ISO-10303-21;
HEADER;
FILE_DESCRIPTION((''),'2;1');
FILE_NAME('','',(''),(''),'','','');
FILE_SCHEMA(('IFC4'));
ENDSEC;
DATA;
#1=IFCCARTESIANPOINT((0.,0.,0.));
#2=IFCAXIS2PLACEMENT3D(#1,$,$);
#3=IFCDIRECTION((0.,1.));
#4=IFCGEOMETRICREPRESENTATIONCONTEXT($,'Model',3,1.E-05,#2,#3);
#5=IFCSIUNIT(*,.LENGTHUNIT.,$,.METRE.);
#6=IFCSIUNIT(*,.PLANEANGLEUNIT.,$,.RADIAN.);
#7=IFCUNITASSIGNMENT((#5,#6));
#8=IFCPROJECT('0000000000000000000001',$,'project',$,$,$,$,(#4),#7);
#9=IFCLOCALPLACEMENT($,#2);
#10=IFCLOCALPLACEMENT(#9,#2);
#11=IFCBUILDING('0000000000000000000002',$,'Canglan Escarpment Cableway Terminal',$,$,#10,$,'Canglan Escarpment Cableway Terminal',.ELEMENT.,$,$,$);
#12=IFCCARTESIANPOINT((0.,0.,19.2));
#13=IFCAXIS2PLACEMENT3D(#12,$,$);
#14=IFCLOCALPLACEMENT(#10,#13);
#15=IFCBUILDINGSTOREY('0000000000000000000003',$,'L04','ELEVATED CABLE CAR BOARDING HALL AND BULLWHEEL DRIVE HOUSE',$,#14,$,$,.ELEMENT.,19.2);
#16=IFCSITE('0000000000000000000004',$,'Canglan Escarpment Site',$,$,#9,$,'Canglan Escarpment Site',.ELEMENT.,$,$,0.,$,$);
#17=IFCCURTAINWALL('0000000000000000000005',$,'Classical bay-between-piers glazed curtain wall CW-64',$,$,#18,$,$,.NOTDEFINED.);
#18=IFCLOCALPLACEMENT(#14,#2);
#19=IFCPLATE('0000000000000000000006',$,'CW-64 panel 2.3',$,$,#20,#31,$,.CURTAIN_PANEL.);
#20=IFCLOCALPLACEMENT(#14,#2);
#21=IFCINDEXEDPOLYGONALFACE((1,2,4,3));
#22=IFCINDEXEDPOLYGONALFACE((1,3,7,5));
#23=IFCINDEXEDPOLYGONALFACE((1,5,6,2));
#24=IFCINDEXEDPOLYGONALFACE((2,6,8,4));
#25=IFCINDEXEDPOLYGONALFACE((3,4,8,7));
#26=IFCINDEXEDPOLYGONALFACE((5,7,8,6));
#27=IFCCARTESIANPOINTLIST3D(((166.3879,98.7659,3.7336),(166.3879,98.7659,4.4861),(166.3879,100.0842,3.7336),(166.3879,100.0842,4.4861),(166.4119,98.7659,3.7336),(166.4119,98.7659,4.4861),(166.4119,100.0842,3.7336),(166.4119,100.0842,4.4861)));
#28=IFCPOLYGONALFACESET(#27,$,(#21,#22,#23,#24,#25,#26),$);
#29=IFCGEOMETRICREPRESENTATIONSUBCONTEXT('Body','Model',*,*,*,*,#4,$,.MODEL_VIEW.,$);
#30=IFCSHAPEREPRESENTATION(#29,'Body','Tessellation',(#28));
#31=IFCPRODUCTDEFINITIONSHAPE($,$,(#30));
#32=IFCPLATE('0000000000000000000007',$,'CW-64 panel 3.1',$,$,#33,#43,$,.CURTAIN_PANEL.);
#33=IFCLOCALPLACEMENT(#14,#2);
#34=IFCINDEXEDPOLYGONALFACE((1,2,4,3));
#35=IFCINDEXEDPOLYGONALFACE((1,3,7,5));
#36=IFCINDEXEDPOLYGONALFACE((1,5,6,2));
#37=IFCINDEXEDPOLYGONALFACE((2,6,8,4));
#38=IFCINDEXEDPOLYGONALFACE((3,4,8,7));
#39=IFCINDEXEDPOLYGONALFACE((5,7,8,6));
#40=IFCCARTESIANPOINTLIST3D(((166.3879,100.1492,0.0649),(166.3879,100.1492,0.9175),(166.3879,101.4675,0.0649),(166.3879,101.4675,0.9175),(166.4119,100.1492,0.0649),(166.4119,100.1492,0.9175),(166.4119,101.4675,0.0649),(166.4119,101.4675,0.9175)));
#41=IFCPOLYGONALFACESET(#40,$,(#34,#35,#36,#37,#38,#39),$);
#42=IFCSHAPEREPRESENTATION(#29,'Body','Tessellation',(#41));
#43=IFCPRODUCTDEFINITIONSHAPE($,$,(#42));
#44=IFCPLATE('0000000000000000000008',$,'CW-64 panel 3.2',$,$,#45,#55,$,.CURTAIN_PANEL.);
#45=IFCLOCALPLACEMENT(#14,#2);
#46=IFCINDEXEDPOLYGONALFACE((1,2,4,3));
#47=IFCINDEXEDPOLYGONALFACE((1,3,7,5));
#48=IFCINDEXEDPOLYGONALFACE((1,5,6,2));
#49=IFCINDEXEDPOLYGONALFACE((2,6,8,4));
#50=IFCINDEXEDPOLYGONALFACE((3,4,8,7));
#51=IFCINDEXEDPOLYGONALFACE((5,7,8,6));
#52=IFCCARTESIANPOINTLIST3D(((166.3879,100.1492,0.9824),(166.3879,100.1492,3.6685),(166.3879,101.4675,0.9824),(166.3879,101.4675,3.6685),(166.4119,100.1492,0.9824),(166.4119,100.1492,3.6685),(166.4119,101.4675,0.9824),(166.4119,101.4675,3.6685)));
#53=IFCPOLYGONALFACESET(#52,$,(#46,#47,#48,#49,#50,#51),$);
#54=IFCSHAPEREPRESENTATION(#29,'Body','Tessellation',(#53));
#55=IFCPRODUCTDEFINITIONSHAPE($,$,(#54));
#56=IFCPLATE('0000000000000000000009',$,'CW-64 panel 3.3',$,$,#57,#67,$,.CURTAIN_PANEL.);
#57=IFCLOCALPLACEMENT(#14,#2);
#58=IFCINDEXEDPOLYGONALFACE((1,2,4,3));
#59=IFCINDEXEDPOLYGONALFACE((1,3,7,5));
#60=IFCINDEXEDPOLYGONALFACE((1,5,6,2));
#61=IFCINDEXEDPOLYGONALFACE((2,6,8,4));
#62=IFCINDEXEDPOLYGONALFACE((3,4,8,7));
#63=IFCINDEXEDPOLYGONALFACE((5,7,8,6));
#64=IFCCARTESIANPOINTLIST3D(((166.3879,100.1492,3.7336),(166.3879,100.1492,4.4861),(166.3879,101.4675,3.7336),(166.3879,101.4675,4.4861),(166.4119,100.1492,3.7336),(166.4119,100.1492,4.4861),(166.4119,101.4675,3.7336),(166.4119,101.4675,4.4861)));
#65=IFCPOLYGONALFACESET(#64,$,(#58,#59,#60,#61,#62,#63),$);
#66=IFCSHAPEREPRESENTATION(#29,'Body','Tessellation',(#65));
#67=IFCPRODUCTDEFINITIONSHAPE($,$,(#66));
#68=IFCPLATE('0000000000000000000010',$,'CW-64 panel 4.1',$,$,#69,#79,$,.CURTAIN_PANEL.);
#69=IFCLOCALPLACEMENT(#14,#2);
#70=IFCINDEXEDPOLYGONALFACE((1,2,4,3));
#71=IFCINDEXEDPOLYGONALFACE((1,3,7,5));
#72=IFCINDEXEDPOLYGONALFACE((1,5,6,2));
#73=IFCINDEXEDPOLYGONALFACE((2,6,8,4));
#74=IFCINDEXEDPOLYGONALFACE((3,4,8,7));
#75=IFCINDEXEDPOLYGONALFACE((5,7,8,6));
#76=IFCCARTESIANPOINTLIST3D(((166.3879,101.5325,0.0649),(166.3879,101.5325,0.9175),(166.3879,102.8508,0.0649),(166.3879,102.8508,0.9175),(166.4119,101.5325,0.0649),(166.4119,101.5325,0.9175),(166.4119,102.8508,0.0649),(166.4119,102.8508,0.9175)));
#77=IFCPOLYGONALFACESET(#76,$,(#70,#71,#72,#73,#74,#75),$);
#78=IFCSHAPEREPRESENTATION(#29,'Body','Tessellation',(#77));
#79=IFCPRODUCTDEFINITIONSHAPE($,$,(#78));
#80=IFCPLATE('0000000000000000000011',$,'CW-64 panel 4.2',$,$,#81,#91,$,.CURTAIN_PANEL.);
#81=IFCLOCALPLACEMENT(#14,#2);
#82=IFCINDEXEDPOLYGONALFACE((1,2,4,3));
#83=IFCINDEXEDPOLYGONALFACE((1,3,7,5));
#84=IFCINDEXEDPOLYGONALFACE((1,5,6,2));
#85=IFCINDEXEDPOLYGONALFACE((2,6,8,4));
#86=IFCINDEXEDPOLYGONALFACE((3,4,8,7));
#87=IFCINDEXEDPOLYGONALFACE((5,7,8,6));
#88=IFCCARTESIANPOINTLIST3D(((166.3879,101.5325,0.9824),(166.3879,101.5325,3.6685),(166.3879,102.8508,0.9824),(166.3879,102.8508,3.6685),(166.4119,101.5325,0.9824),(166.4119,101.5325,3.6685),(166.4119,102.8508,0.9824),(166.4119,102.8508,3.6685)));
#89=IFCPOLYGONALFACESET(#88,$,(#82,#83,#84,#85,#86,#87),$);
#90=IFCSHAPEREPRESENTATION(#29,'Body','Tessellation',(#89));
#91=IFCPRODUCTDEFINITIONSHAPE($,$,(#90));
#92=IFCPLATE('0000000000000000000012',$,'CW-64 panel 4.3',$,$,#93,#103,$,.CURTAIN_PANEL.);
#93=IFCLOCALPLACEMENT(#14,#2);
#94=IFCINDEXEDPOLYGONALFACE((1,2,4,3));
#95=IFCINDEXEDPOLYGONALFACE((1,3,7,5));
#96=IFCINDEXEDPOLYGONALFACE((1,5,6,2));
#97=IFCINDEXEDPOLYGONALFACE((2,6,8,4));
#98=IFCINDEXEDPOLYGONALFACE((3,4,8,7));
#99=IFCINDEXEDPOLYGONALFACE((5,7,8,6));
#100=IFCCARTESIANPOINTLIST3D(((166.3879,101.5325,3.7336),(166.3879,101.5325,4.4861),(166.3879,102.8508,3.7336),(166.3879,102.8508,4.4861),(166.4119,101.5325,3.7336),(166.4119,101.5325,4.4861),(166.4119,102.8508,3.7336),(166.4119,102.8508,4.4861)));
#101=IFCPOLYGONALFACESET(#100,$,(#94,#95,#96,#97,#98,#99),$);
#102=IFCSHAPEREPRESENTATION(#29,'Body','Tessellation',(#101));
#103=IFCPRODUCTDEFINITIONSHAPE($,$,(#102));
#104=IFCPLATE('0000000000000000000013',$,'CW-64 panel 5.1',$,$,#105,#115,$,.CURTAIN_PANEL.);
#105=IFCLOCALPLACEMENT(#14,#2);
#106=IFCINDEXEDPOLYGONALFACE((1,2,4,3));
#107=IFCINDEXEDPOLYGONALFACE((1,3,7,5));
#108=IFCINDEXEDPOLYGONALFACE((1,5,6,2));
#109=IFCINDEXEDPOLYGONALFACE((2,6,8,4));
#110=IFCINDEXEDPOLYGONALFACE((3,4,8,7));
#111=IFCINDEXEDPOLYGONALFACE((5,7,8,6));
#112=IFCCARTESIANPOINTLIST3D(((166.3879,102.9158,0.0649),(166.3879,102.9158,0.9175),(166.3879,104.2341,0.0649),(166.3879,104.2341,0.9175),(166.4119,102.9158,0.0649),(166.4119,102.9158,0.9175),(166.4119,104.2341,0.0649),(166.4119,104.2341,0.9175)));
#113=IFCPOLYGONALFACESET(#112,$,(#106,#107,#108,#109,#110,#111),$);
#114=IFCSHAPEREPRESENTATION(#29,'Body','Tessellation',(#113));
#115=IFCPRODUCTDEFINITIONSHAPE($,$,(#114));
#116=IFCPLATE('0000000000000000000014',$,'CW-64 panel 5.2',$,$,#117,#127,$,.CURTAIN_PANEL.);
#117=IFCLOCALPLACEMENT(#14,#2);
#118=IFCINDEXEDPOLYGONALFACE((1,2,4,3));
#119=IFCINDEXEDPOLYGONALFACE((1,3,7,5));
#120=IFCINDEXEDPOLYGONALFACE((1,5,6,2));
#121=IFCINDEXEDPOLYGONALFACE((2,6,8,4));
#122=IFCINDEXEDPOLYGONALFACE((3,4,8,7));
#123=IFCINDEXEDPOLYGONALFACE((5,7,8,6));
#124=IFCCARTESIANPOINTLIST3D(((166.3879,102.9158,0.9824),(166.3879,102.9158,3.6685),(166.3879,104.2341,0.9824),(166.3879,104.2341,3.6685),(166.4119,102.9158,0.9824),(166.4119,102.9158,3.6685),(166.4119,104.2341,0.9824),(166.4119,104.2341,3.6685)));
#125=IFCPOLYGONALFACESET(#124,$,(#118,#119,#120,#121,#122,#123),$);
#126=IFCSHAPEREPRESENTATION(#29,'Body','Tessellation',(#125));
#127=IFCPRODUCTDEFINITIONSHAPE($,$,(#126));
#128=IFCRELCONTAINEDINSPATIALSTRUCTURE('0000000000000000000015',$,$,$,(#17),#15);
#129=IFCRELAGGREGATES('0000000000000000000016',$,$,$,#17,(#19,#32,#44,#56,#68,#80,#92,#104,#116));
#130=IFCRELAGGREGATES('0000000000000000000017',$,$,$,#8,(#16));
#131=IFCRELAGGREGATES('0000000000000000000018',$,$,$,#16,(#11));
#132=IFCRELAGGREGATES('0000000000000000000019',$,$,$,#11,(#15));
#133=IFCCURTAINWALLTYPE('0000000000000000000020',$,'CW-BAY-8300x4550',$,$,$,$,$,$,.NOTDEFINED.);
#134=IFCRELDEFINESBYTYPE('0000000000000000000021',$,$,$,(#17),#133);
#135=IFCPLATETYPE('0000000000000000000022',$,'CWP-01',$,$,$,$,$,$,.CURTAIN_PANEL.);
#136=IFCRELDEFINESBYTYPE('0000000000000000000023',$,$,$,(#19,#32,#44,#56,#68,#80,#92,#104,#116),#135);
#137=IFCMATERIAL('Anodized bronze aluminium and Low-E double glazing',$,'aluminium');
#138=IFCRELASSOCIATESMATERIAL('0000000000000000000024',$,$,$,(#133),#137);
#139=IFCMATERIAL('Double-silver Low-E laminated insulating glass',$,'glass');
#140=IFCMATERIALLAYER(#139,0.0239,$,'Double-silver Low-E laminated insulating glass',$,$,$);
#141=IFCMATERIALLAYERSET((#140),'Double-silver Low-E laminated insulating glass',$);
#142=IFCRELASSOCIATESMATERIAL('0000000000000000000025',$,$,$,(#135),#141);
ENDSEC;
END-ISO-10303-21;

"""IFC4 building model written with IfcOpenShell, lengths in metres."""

from ifc_helpers import new_model, si_unit, direction, frame, origin, origin_2d, place, context, subcontext, project, spatial, rectangle, extrude, material, layer, layer_set, type_object, element, aggregate, save


model = new_model("IFC4")

# Units and contexts
model_context = context("Model", 3, precision=1e-05, world=origin(), true_north=direction((0.0, 1.0)))
body_context = subcontext(model_context, "Body", "Model", "MODEL_VIEW")
ifc_project = project(units=[si_unit("LENGTHUNIT", "METRE"), si_unit("PLANEANGLEUNIT", "RADIAN")], contexts=[model_context])

# Site, building, storey
site_placement = place(None, origin())
site = spatial("IfcSite", under=ifc_project, at=site_placement, Name="Canglan Escarpment Site", LongName="Canglan Escarpment Site", CompositionType="ELEMENT", RefElevation=0.0)
building_placement = place(site_placement, origin())
building = spatial("IfcBuilding", under=site, at=building_placement, Name="Canglan Escarpment Cableway Terminal", LongName="Canglan Escarpment Cableway Terminal", CompositionType="ELEMENT")
storey_placement = place(building_placement, frame((0.0, 0.0, 19.2)))
storey = spatial("IfcBuildingStorey", under=building, at=storey_placement, Name="L04", Description="ELEVATED CABLE CAR BOARDING HALL AND BULLWHEEL DRIVE HOUSE", CompositionType="ELEMENT", Elevation=19.2)

# Curtain wall, plates
ifc_material_1 = material(Name="Anodized bronze aluminium and Low-E double glazing", Category="aluminium")
curtain_wall_type = type_object("IfcCurtainWallType", Name="CW-BAY-8300x4550", PredefinedType="NOTDEFINED", material=ifc_material_1)
curtain_wall_placement = place(storey_placement, origin())
curtain_wall = element("IfcCurtainWall", 1, at=curtain_wall_placement, inside=storey, type_object=curtain_wall_type, Name="Classical bay-between-piers glazed curtain wall CW-64", PredefinedType="NOTDEFINED")
ifc_material_2 = material(Name="Double-silver Low-E laminated insulating glass", Category="glass")
ifc_layer = layer(ifc_material_2, 0.0239, Name="Double-silver Low-E laminated insulating glass")
ifc_layer_set = layer_set([ifc_layer], Name="Double-silver Low-E laminated insulating glass")
plate_type = type_object("IfcPlateType", Name="CWP-01", PredefinedType="CURTAIN_PANEL", material=ifc_layer_set)
plate_1_placement = place(storey_placement, frame((166.3999, 99.425, 3.7336), z_axis=(0.0, 0.0, 1.0), x_axis=(0.0, 1.0, 0.0)))
plate_1 = element("IfcPlate", 2, at=plate_1_placement, type_object=plate_type, Name="CW-64 panel 2.3", PredefinedType="CURTAIN_PANEL", context=body_context, shape_type="SweptSolid", body=[
    extrude(rectangle(XDim=1.3184, YDim=0.0239, at=origin_2d()), origin(), (0.0, 0.0, 1.0), 0.7524),
])
plate_2_placement = place(storey_placement, frame((166.3999, 100.8083, 0.0649), z_axis=(0.0, 0.0, 1.0), x_axis=(0.0, 1.0, 0.0)))
plate_2 = element("IfcPlate", 3, at=plate_2_placement, type_object=plate_type, Name="CW-64 panel 3.1", PredefinedType="CURTAIN_PANEL", context=body_context, shape_type="SweptSolid", body=[
    extrude(rectangle(XDim=1.3184, YDim=0.0239, at=origin_2d()), origin(), (0.0, 0.0, 1.0), 0.8525),
])
plate_3_placement = place(storey_placement, frame((166.3999, 100.8083, 0.9824), z_axis=(0.0, 0.0, 1.0), x_axis=(0.0, 1.0, 0.0)))
plate_3 = element("IfcPlate", 4, at=plate_3_placement, type_object=plate_type, Name="CW-64 panel 3.2", PredefinedType="CURTAIN_PANEL", context=body_context, shape_type="SweptSolid", body=[
    extrude(rectangle(XDim=1.3184, YDim=0.0239, at=origin_2d()), origin(), (0.0, 0.0, 1.0), 2.686),
])
plate_4_placement = place(storey_placement, frame((166.3999, 100.8083, 3.7336), z_axis=(0.0, 0.0, 1.0), x_axis=(0.0, 1.0, 0.0)))
plate_4 = element("IfcPlate", 5, at=plate_4_placement, type_object=plate_type, Name="CW-64 panel 3.3", PredefinedType="CURTAIN_PANEL", context=body_context, shape_type="SweptSolid", body=[
    extrude(rectangle(XDim=1.3184, YDim=0.0239, at=origin_2d()), origin(), (0.0, 0.0, 1.0), 0.7524),
])
plate_5_placement = place(storey_placement, frame((166.3999, 102.1917, 0.0649), z_axis=(0.0, 0.0, 1.0), x_axis=(0.0, 1.0, 0.0)))
plate_5 = element("IfcPlate", 6, at=plate_5_placement, type_object=plate_type, Name="CW-64 panel 4.1", PredefinedType="CURTAIN_PANEL", context=body_context, shape_type="SweptSolid", body=[
    extrude(rectangle(XDim=1.3184, YDim=0.0239, at=origin_2d()), origin(), (0.0, 0.0, 1.0), 0.8525),
])
plate_6_placement = place(storey_placement, frame((166.3999, 102.1917, 0.9824), z_axis=(0.0, 0.0, 1.0), x_axis=(0.0, 1.0, 0.0)))
plate_6 = element("IfcPlate", 7, at=plate_6_placement, type_object=plate_type, Name="CW-64 panel 4.2", PredefinedType="CURTAIN_PANEL", context=body_context, shape_type="SweptSolid", body=[
    extrude(rectangle(XDim=1.3184, YDim=0.0239, at=origin_2d()), origin(), (0.0, 0.0, 1.0), 2.686),
])
plate_7_placement = place(storey_placement, frame((166.3999, 102.1917, 3.7336), z_axis=(0.0, 0.0, 1.0), x_axis=(0.0, 1.0, 0.0)))
plate_7 = element("IfcPlate", 8, at=plate_7_placement, type_object=plate_type, Name="CW-64 panel 4.3", PredefinedType="CURTAIN_PANEL", context=body_context, shape_type="SweptSolid", body=[
    extrude(rectangle(XDim=1.3184, YDim=0.0239, at=origin_2d()), origin(), (0.0, 0.0, 1.0), 0.7524),
])
plate_8_placement = place(storey_placement, frame((166.3999, 103.575, 0.0649), z_axis=(0.0, 0.0, 1.0), x_axis=(0.0, 1.0, 0.0)))
plate_8 = element("IfcPlate", 9, at=plate_8_placement, type_object=plate_type, Name="CW-64 panel 5.1", PredefinedType="CURTAIN_PANEL", context=body_context, shape_type="SweptSolid", body=[
    extrude(rectangle(XDim=1.3184, YDim=0.0239, at=origin_2d()), origin(), (0.0, 0.0, 1.0), 0.8525),
])
plate_9_placement = place(storey_placement, frame((166.3999, 103.575, 0.9824), z_axis=(0.0, 0.0, 1.0), x_axis=(0.0, 1.0, 0.0)))
plate_9 = element("IfcPlate", 10, at=plate_9_placement, type_object=plate_type, Name="CW-64 panel 5.2", PredefinedType="CURTAIN_PANEL", context=body_context, shape_type="SweptSolid", body=[
    extrude(rectangle(XDim=1.3184, YDim=0.0239, at=origin_2d()), origin(), (0.0, 0.0, 1.0), 2.686),
])
aggregate(curtain_wall, [plate_1, plate_2, plate_3, plate_4, plate_5, plate_6, plate_7, plate_8, plate_9])

save(model, "model.ifc")
